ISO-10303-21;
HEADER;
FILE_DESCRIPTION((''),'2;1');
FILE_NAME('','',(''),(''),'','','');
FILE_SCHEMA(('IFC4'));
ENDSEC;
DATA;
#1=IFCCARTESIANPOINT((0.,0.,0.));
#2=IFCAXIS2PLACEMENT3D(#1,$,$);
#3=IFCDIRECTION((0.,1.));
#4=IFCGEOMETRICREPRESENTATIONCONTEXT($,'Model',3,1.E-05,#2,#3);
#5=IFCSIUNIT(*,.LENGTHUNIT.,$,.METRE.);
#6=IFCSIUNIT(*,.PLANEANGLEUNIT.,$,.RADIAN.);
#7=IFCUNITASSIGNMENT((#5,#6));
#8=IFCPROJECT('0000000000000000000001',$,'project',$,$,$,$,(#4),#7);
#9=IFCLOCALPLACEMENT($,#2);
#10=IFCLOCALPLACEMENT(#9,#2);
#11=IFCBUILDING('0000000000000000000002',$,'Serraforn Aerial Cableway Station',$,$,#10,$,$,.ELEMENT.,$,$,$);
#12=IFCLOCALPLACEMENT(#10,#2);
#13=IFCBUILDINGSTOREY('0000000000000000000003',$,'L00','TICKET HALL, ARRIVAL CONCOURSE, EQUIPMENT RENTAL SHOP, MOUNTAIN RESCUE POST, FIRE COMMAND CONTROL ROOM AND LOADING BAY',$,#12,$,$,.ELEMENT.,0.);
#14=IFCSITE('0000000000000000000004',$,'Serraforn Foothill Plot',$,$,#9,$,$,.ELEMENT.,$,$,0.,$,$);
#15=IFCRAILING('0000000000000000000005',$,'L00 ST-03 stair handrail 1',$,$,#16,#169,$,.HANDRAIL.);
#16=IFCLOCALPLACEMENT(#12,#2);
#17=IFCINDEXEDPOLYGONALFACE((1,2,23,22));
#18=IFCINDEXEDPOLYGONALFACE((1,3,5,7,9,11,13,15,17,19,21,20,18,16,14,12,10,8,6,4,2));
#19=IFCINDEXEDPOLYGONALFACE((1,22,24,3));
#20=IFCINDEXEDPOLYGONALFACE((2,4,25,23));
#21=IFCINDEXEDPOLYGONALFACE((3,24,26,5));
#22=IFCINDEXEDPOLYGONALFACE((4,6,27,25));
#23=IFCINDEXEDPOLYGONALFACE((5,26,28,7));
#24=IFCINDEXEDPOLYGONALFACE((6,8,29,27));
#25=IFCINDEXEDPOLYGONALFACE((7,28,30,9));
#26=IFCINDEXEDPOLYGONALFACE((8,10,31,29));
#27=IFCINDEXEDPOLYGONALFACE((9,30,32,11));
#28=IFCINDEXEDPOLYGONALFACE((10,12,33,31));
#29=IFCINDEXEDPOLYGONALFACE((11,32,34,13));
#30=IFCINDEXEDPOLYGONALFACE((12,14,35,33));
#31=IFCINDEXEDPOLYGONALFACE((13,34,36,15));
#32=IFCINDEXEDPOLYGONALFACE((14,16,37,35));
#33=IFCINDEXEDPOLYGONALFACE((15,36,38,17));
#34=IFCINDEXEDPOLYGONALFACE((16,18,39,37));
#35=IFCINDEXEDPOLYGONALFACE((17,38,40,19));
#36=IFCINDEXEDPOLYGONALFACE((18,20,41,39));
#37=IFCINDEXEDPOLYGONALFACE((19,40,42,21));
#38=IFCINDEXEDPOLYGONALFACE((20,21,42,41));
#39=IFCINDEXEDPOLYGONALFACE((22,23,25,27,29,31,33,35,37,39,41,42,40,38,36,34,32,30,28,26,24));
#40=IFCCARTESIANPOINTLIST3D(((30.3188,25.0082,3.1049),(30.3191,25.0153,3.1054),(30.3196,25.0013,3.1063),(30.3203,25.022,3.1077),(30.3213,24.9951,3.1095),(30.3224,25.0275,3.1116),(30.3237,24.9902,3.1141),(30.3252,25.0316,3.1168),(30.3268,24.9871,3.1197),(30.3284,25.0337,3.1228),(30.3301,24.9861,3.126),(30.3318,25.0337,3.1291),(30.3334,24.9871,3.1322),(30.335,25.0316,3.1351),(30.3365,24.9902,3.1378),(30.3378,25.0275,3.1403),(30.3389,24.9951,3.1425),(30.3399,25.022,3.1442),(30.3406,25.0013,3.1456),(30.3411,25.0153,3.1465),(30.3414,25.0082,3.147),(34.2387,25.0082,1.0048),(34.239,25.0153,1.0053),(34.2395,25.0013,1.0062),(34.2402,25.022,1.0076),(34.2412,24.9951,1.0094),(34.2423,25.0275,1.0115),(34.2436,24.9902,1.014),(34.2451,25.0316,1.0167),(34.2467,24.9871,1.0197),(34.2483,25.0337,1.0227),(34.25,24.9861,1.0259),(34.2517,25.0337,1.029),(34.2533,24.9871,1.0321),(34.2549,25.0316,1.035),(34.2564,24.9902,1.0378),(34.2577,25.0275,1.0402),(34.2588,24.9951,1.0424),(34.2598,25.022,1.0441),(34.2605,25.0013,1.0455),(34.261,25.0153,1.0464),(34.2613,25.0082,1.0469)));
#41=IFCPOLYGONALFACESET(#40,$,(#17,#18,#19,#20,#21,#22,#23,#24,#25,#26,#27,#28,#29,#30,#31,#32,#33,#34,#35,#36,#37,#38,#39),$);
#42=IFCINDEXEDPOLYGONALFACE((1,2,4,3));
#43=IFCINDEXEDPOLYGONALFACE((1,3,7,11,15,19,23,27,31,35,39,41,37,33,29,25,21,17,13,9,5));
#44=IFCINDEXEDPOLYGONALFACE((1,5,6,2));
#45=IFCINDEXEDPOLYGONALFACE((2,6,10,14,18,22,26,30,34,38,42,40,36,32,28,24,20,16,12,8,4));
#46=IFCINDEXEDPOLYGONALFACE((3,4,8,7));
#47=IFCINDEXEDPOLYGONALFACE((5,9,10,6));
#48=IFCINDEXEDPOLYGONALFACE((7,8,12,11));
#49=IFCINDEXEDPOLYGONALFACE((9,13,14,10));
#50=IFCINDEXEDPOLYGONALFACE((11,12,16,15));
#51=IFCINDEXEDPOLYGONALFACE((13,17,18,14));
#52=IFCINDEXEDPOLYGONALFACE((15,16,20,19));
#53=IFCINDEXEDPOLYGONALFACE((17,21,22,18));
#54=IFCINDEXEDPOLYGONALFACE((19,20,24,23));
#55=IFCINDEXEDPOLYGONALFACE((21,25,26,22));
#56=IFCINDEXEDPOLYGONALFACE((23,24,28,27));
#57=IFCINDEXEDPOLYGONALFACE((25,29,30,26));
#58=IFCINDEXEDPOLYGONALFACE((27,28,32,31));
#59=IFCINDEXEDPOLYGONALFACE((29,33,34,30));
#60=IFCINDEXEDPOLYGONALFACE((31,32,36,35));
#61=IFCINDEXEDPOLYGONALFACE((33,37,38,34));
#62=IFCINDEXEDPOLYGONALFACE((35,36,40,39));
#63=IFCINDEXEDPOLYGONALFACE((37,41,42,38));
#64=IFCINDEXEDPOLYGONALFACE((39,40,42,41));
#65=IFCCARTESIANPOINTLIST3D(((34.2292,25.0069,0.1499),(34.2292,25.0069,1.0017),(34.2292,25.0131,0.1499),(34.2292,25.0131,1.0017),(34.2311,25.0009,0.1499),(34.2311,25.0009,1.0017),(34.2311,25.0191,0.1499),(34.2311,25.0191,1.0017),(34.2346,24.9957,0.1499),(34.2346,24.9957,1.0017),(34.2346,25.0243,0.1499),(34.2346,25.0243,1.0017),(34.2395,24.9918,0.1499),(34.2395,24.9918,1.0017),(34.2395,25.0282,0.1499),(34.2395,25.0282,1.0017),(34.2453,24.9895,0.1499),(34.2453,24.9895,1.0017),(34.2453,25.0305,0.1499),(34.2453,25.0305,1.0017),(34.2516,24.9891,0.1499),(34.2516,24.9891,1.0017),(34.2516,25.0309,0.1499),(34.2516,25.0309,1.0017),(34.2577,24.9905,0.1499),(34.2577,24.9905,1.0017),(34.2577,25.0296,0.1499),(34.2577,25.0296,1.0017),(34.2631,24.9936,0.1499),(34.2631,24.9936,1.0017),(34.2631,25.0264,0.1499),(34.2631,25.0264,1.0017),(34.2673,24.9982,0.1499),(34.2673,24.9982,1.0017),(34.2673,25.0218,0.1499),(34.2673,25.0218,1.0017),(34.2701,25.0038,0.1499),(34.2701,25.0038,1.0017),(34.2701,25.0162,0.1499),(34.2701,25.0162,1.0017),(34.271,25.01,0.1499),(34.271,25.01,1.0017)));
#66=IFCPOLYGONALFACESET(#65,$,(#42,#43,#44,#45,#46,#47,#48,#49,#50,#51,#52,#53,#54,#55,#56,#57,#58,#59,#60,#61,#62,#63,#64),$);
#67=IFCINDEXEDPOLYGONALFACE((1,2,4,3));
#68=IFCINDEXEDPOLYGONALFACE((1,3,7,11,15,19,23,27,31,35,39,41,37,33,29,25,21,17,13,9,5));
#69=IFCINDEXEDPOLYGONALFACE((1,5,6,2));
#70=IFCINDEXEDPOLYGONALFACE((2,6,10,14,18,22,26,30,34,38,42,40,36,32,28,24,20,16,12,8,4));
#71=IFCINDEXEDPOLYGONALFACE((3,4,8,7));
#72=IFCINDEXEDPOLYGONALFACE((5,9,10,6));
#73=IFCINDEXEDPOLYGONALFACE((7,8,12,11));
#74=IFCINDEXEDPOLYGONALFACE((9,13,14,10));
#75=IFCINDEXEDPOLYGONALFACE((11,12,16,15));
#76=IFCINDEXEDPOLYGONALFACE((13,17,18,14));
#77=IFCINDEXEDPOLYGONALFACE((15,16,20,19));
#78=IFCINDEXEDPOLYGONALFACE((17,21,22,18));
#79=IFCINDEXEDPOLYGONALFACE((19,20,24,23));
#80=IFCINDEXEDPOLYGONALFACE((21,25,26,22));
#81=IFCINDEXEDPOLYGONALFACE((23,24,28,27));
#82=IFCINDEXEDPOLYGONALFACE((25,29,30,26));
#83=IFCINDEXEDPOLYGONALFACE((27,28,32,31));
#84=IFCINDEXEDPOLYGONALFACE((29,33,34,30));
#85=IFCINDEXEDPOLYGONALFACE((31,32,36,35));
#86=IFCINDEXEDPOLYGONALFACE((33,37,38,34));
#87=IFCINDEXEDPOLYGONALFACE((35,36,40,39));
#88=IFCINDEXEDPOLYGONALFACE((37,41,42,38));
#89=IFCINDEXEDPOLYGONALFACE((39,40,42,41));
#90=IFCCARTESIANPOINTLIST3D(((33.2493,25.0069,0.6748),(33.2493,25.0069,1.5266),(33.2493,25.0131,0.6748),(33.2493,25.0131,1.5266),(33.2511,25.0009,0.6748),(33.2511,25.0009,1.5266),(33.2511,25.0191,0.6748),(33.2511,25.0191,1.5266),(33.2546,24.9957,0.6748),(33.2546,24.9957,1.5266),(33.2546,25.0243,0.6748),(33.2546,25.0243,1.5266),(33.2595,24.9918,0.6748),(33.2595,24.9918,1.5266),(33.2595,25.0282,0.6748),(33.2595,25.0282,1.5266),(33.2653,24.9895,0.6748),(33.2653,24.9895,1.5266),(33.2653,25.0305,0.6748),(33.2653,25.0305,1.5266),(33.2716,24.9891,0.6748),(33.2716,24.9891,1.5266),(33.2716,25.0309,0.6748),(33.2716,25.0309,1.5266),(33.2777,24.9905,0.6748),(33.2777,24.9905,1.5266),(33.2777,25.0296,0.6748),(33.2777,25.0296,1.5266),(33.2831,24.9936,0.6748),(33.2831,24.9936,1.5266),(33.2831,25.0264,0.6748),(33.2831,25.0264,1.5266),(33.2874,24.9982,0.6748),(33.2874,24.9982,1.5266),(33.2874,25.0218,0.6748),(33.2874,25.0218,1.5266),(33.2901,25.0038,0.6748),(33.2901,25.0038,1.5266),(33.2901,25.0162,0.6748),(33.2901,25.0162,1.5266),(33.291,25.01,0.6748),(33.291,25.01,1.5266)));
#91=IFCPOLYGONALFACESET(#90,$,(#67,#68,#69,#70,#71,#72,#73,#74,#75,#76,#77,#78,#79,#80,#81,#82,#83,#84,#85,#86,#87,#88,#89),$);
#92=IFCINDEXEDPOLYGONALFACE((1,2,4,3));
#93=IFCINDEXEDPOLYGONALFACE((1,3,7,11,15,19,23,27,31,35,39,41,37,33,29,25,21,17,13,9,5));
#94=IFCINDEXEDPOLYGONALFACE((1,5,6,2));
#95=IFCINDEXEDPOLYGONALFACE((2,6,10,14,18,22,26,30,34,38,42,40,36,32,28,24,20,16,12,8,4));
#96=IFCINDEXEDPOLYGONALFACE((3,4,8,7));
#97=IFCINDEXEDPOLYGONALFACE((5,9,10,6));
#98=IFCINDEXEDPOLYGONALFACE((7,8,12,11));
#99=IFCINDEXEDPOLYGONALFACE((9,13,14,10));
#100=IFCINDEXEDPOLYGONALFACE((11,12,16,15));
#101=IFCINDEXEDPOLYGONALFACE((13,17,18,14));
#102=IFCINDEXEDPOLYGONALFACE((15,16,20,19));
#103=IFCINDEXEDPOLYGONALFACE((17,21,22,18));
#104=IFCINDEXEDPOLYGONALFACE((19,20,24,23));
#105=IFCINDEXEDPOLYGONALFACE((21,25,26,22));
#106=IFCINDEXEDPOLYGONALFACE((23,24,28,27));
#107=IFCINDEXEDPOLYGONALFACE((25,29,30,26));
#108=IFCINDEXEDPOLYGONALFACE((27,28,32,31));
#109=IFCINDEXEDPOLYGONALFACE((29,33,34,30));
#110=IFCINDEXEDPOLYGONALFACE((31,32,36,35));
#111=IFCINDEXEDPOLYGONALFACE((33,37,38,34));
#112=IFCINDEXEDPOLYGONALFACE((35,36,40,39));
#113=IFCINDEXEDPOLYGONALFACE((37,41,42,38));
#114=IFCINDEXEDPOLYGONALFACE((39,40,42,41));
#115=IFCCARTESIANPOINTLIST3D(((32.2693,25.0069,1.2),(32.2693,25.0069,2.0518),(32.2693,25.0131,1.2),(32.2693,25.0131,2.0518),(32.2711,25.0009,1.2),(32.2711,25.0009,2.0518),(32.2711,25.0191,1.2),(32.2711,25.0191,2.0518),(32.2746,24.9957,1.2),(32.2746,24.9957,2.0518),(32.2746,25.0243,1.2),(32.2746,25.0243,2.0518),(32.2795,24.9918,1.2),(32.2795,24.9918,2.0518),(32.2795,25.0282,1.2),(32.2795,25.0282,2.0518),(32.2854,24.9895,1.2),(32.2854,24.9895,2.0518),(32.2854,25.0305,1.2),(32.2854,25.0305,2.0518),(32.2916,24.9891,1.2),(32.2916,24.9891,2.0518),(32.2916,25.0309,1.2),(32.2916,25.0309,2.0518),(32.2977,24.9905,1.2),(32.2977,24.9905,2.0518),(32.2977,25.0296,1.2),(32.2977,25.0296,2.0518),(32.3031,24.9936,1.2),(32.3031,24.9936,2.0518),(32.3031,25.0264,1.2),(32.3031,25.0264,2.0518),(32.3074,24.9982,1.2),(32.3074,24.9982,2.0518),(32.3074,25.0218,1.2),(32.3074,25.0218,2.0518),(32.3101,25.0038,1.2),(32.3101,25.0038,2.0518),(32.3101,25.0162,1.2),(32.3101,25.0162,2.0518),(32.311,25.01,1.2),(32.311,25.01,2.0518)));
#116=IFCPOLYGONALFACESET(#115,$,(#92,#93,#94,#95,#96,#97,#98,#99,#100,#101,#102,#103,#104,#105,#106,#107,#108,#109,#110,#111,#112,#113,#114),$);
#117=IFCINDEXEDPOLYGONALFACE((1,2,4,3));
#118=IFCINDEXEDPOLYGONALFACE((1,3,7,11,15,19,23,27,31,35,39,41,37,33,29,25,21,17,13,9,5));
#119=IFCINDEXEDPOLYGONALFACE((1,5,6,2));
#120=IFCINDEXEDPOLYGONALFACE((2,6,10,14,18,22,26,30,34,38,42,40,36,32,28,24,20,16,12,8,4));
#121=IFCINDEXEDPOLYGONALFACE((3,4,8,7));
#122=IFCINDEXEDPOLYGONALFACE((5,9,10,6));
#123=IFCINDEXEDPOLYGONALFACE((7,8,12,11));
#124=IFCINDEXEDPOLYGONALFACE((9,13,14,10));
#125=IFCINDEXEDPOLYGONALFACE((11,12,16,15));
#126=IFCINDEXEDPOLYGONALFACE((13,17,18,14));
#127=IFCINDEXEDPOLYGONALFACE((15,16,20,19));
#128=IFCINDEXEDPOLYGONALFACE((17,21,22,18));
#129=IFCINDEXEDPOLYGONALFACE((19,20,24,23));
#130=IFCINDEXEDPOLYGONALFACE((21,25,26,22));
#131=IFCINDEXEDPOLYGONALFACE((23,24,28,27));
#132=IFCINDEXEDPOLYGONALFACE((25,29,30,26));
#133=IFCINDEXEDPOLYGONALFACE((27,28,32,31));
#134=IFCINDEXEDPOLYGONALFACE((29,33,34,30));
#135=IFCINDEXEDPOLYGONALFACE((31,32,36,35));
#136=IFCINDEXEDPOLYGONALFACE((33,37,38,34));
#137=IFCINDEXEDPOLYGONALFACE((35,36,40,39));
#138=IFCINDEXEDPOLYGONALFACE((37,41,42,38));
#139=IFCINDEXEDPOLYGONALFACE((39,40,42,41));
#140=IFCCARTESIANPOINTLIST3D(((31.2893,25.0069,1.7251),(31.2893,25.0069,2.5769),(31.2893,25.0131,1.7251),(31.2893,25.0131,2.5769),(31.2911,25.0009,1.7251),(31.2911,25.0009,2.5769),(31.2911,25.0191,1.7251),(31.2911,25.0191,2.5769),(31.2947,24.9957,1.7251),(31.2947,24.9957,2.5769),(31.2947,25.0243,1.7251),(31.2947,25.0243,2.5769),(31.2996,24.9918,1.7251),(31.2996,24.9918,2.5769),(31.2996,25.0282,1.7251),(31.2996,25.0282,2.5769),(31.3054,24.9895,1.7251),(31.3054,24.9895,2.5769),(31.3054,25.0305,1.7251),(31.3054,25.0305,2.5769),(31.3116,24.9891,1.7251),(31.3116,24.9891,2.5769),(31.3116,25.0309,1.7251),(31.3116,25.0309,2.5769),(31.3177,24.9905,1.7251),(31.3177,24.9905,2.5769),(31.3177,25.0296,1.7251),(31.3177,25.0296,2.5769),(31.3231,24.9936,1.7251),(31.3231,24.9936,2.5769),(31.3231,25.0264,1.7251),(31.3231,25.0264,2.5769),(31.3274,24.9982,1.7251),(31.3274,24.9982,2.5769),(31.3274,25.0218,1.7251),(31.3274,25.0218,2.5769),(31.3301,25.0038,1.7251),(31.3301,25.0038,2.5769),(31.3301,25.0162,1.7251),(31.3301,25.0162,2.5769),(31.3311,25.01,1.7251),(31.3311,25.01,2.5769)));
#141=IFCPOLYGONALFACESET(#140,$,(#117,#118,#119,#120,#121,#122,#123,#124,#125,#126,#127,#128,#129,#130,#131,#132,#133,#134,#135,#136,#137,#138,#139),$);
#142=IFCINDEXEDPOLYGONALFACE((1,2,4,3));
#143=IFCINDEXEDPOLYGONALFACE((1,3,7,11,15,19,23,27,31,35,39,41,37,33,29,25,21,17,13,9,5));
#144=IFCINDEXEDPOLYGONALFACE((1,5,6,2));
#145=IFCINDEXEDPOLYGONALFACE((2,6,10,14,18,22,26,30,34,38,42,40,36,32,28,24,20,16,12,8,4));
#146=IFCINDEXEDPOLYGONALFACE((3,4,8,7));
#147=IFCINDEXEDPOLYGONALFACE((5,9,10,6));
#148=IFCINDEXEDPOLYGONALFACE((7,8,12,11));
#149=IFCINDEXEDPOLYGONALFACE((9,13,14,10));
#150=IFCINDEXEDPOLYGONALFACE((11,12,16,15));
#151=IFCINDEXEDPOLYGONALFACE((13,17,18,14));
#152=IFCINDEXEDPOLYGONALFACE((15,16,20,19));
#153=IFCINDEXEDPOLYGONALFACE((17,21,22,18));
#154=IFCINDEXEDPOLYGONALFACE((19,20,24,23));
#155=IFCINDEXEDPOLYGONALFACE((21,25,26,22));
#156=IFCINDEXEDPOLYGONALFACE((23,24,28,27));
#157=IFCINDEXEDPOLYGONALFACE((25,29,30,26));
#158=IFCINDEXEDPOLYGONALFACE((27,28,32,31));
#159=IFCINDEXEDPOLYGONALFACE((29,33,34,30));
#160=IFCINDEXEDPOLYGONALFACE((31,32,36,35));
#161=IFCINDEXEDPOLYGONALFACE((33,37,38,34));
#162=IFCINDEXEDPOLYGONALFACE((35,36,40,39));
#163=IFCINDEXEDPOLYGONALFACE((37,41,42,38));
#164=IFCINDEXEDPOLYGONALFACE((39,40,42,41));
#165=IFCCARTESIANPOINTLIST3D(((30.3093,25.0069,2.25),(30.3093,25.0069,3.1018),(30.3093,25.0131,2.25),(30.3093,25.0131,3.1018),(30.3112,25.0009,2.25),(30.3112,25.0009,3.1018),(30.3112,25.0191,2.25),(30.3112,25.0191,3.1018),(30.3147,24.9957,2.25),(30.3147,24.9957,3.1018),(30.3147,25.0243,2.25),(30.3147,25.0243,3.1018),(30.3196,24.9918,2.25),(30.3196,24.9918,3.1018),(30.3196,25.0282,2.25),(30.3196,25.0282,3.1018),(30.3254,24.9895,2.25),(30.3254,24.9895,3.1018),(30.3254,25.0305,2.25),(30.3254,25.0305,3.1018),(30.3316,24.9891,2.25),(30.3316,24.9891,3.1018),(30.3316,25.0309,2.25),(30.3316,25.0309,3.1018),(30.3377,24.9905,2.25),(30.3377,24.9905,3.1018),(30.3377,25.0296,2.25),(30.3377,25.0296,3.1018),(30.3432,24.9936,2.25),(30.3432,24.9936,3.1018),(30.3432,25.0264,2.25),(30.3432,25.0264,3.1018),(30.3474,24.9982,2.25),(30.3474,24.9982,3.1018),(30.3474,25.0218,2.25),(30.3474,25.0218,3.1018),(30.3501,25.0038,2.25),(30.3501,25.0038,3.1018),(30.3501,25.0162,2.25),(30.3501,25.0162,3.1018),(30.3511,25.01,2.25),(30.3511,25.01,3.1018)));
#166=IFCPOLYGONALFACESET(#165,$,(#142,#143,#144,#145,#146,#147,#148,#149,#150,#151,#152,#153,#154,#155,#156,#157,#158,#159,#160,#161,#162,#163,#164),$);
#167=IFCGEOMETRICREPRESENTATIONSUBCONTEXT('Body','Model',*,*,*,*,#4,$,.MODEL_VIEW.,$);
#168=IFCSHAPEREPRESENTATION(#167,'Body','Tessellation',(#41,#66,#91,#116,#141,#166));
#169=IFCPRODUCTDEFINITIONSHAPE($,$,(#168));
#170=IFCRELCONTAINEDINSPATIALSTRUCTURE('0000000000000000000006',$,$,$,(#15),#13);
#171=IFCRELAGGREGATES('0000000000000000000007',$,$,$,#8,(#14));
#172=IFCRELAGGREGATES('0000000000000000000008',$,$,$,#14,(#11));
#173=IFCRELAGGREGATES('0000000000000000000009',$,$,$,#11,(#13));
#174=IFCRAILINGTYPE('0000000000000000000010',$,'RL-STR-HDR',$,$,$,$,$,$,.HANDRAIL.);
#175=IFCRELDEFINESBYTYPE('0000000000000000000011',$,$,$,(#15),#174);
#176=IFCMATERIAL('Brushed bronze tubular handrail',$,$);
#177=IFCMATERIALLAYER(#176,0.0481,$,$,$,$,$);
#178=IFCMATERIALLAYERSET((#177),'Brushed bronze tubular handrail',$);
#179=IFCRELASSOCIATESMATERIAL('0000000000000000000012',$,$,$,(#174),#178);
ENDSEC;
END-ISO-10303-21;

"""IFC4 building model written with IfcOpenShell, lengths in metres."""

from ifc_helpers import new_model, si_unit, direction, frame, origin, origin_2d, place, context, subcontext, project, spatial, circle, extrude, material, layer, layer_set, type_object, element, save


model = new_model("IFC4")

# Units and contexts
model_context = context("Model", 3, precision=1e-05, world=origin(), true_north=direction((0.0, 1.0)))
body_context = subcontext(model_context, "Body", "Model", "MODEL_VIEW")
ifc_project = project(units=[si_unit("LENGTHUNIT", "METRE"), si_unit("PLANEANGLEUNIT", "RADIAN")], contexts=[model_context])

# Site, building, storey
site_placement = place(None, origin())
site = spatial("IfcSite", under=ifc_project, at=site_placement, Name="Serraforn Foothill Plot", CompositionType="ELEMENT", RefElevation=0.0)
building_placement = place(site_placement, origin())
building = spatial("IfcBuilding", under=site, at=building_placement, Name="Serraforn Aerial Cableway Station", CompositionType="ELEMENT")
storey_placement = place(building_placement, origin())
storey = spatial("IfcBuildingStorey", under=building, at=storey_placement, Name="L00", Description="TICKET HALL, ARRIVAL CONCOURSE, EQUIPMENT RENTAL SHOP, MOUNTAIN RESCUE POST, FIRE COMMAND CONTROL ROOM AND LOADING BAY", CompositionType="ELEMENT", Elevation=0.0)

# Railing
ifc_material_1 = material(Name="Brushed bronze tubular handrail")
ifc_layer_1 = layer(ifc_material_1, 0.0481)
ifc_layer_set_1 = layer_set([ifc_layer_1], Name="Brushed bronze tubular handrail")
railing_type_1 = type_object("IfcRailingType", Name="RL-STR-HDR", PredefinedType="HANDRAIL", material=ifc_layer_set_1)
railing_1_placement = place(storey_placement, frame((34.25, 25.01, 0.1499)))
element("IfcRailing", 1, at=railing_1_placement, inside=storey, type_object=railing_type_1, Name="L00 ST-03 stair handrail 1", PredefinedType="HANDRAIL", context=body_context, shape_type="SweptSolid", body=[
    extrude(circle(Radius=0.0239, at=origin_2d()), frame((0.0, 0.0, 0.876), z_axis=(-0.881467, 0.0, 0.472246), x_axis=(0.0, -1.0, 0.0)), (0.0, 0.0, 1.0), 4.447),
    extrude(circle(Radius=0.021, at=origin_2d()), origin(), (0.0, 0.0, 1.0), 0.8518),
    extrude(circle(Radius=0.021, at=origin_2d()), frame((-0.98, 0.0, 0.5249)), (0.0, 0.0, 1.0), 0.8518),
    extrude(circle(Radius=0.021, at=origin_2d()), frame((-1.96, 0.0, 1.05)), (0.0, 0.0, 1.0), 0.8518),
    extrude(circle(Radius=0.021, at=origin_2d()), frame((-2.9399, 0.0, 1.5752)), (0.0, 0.0, 1.0), 0.8518),
    extrude(circle(Radius=0.021, at=origin_2d()), frame((-3.9199, 0.0, 2.1001)), (0.0, 0.0, 1.0), 0.8518),
])

save(model, "model.ifc")
